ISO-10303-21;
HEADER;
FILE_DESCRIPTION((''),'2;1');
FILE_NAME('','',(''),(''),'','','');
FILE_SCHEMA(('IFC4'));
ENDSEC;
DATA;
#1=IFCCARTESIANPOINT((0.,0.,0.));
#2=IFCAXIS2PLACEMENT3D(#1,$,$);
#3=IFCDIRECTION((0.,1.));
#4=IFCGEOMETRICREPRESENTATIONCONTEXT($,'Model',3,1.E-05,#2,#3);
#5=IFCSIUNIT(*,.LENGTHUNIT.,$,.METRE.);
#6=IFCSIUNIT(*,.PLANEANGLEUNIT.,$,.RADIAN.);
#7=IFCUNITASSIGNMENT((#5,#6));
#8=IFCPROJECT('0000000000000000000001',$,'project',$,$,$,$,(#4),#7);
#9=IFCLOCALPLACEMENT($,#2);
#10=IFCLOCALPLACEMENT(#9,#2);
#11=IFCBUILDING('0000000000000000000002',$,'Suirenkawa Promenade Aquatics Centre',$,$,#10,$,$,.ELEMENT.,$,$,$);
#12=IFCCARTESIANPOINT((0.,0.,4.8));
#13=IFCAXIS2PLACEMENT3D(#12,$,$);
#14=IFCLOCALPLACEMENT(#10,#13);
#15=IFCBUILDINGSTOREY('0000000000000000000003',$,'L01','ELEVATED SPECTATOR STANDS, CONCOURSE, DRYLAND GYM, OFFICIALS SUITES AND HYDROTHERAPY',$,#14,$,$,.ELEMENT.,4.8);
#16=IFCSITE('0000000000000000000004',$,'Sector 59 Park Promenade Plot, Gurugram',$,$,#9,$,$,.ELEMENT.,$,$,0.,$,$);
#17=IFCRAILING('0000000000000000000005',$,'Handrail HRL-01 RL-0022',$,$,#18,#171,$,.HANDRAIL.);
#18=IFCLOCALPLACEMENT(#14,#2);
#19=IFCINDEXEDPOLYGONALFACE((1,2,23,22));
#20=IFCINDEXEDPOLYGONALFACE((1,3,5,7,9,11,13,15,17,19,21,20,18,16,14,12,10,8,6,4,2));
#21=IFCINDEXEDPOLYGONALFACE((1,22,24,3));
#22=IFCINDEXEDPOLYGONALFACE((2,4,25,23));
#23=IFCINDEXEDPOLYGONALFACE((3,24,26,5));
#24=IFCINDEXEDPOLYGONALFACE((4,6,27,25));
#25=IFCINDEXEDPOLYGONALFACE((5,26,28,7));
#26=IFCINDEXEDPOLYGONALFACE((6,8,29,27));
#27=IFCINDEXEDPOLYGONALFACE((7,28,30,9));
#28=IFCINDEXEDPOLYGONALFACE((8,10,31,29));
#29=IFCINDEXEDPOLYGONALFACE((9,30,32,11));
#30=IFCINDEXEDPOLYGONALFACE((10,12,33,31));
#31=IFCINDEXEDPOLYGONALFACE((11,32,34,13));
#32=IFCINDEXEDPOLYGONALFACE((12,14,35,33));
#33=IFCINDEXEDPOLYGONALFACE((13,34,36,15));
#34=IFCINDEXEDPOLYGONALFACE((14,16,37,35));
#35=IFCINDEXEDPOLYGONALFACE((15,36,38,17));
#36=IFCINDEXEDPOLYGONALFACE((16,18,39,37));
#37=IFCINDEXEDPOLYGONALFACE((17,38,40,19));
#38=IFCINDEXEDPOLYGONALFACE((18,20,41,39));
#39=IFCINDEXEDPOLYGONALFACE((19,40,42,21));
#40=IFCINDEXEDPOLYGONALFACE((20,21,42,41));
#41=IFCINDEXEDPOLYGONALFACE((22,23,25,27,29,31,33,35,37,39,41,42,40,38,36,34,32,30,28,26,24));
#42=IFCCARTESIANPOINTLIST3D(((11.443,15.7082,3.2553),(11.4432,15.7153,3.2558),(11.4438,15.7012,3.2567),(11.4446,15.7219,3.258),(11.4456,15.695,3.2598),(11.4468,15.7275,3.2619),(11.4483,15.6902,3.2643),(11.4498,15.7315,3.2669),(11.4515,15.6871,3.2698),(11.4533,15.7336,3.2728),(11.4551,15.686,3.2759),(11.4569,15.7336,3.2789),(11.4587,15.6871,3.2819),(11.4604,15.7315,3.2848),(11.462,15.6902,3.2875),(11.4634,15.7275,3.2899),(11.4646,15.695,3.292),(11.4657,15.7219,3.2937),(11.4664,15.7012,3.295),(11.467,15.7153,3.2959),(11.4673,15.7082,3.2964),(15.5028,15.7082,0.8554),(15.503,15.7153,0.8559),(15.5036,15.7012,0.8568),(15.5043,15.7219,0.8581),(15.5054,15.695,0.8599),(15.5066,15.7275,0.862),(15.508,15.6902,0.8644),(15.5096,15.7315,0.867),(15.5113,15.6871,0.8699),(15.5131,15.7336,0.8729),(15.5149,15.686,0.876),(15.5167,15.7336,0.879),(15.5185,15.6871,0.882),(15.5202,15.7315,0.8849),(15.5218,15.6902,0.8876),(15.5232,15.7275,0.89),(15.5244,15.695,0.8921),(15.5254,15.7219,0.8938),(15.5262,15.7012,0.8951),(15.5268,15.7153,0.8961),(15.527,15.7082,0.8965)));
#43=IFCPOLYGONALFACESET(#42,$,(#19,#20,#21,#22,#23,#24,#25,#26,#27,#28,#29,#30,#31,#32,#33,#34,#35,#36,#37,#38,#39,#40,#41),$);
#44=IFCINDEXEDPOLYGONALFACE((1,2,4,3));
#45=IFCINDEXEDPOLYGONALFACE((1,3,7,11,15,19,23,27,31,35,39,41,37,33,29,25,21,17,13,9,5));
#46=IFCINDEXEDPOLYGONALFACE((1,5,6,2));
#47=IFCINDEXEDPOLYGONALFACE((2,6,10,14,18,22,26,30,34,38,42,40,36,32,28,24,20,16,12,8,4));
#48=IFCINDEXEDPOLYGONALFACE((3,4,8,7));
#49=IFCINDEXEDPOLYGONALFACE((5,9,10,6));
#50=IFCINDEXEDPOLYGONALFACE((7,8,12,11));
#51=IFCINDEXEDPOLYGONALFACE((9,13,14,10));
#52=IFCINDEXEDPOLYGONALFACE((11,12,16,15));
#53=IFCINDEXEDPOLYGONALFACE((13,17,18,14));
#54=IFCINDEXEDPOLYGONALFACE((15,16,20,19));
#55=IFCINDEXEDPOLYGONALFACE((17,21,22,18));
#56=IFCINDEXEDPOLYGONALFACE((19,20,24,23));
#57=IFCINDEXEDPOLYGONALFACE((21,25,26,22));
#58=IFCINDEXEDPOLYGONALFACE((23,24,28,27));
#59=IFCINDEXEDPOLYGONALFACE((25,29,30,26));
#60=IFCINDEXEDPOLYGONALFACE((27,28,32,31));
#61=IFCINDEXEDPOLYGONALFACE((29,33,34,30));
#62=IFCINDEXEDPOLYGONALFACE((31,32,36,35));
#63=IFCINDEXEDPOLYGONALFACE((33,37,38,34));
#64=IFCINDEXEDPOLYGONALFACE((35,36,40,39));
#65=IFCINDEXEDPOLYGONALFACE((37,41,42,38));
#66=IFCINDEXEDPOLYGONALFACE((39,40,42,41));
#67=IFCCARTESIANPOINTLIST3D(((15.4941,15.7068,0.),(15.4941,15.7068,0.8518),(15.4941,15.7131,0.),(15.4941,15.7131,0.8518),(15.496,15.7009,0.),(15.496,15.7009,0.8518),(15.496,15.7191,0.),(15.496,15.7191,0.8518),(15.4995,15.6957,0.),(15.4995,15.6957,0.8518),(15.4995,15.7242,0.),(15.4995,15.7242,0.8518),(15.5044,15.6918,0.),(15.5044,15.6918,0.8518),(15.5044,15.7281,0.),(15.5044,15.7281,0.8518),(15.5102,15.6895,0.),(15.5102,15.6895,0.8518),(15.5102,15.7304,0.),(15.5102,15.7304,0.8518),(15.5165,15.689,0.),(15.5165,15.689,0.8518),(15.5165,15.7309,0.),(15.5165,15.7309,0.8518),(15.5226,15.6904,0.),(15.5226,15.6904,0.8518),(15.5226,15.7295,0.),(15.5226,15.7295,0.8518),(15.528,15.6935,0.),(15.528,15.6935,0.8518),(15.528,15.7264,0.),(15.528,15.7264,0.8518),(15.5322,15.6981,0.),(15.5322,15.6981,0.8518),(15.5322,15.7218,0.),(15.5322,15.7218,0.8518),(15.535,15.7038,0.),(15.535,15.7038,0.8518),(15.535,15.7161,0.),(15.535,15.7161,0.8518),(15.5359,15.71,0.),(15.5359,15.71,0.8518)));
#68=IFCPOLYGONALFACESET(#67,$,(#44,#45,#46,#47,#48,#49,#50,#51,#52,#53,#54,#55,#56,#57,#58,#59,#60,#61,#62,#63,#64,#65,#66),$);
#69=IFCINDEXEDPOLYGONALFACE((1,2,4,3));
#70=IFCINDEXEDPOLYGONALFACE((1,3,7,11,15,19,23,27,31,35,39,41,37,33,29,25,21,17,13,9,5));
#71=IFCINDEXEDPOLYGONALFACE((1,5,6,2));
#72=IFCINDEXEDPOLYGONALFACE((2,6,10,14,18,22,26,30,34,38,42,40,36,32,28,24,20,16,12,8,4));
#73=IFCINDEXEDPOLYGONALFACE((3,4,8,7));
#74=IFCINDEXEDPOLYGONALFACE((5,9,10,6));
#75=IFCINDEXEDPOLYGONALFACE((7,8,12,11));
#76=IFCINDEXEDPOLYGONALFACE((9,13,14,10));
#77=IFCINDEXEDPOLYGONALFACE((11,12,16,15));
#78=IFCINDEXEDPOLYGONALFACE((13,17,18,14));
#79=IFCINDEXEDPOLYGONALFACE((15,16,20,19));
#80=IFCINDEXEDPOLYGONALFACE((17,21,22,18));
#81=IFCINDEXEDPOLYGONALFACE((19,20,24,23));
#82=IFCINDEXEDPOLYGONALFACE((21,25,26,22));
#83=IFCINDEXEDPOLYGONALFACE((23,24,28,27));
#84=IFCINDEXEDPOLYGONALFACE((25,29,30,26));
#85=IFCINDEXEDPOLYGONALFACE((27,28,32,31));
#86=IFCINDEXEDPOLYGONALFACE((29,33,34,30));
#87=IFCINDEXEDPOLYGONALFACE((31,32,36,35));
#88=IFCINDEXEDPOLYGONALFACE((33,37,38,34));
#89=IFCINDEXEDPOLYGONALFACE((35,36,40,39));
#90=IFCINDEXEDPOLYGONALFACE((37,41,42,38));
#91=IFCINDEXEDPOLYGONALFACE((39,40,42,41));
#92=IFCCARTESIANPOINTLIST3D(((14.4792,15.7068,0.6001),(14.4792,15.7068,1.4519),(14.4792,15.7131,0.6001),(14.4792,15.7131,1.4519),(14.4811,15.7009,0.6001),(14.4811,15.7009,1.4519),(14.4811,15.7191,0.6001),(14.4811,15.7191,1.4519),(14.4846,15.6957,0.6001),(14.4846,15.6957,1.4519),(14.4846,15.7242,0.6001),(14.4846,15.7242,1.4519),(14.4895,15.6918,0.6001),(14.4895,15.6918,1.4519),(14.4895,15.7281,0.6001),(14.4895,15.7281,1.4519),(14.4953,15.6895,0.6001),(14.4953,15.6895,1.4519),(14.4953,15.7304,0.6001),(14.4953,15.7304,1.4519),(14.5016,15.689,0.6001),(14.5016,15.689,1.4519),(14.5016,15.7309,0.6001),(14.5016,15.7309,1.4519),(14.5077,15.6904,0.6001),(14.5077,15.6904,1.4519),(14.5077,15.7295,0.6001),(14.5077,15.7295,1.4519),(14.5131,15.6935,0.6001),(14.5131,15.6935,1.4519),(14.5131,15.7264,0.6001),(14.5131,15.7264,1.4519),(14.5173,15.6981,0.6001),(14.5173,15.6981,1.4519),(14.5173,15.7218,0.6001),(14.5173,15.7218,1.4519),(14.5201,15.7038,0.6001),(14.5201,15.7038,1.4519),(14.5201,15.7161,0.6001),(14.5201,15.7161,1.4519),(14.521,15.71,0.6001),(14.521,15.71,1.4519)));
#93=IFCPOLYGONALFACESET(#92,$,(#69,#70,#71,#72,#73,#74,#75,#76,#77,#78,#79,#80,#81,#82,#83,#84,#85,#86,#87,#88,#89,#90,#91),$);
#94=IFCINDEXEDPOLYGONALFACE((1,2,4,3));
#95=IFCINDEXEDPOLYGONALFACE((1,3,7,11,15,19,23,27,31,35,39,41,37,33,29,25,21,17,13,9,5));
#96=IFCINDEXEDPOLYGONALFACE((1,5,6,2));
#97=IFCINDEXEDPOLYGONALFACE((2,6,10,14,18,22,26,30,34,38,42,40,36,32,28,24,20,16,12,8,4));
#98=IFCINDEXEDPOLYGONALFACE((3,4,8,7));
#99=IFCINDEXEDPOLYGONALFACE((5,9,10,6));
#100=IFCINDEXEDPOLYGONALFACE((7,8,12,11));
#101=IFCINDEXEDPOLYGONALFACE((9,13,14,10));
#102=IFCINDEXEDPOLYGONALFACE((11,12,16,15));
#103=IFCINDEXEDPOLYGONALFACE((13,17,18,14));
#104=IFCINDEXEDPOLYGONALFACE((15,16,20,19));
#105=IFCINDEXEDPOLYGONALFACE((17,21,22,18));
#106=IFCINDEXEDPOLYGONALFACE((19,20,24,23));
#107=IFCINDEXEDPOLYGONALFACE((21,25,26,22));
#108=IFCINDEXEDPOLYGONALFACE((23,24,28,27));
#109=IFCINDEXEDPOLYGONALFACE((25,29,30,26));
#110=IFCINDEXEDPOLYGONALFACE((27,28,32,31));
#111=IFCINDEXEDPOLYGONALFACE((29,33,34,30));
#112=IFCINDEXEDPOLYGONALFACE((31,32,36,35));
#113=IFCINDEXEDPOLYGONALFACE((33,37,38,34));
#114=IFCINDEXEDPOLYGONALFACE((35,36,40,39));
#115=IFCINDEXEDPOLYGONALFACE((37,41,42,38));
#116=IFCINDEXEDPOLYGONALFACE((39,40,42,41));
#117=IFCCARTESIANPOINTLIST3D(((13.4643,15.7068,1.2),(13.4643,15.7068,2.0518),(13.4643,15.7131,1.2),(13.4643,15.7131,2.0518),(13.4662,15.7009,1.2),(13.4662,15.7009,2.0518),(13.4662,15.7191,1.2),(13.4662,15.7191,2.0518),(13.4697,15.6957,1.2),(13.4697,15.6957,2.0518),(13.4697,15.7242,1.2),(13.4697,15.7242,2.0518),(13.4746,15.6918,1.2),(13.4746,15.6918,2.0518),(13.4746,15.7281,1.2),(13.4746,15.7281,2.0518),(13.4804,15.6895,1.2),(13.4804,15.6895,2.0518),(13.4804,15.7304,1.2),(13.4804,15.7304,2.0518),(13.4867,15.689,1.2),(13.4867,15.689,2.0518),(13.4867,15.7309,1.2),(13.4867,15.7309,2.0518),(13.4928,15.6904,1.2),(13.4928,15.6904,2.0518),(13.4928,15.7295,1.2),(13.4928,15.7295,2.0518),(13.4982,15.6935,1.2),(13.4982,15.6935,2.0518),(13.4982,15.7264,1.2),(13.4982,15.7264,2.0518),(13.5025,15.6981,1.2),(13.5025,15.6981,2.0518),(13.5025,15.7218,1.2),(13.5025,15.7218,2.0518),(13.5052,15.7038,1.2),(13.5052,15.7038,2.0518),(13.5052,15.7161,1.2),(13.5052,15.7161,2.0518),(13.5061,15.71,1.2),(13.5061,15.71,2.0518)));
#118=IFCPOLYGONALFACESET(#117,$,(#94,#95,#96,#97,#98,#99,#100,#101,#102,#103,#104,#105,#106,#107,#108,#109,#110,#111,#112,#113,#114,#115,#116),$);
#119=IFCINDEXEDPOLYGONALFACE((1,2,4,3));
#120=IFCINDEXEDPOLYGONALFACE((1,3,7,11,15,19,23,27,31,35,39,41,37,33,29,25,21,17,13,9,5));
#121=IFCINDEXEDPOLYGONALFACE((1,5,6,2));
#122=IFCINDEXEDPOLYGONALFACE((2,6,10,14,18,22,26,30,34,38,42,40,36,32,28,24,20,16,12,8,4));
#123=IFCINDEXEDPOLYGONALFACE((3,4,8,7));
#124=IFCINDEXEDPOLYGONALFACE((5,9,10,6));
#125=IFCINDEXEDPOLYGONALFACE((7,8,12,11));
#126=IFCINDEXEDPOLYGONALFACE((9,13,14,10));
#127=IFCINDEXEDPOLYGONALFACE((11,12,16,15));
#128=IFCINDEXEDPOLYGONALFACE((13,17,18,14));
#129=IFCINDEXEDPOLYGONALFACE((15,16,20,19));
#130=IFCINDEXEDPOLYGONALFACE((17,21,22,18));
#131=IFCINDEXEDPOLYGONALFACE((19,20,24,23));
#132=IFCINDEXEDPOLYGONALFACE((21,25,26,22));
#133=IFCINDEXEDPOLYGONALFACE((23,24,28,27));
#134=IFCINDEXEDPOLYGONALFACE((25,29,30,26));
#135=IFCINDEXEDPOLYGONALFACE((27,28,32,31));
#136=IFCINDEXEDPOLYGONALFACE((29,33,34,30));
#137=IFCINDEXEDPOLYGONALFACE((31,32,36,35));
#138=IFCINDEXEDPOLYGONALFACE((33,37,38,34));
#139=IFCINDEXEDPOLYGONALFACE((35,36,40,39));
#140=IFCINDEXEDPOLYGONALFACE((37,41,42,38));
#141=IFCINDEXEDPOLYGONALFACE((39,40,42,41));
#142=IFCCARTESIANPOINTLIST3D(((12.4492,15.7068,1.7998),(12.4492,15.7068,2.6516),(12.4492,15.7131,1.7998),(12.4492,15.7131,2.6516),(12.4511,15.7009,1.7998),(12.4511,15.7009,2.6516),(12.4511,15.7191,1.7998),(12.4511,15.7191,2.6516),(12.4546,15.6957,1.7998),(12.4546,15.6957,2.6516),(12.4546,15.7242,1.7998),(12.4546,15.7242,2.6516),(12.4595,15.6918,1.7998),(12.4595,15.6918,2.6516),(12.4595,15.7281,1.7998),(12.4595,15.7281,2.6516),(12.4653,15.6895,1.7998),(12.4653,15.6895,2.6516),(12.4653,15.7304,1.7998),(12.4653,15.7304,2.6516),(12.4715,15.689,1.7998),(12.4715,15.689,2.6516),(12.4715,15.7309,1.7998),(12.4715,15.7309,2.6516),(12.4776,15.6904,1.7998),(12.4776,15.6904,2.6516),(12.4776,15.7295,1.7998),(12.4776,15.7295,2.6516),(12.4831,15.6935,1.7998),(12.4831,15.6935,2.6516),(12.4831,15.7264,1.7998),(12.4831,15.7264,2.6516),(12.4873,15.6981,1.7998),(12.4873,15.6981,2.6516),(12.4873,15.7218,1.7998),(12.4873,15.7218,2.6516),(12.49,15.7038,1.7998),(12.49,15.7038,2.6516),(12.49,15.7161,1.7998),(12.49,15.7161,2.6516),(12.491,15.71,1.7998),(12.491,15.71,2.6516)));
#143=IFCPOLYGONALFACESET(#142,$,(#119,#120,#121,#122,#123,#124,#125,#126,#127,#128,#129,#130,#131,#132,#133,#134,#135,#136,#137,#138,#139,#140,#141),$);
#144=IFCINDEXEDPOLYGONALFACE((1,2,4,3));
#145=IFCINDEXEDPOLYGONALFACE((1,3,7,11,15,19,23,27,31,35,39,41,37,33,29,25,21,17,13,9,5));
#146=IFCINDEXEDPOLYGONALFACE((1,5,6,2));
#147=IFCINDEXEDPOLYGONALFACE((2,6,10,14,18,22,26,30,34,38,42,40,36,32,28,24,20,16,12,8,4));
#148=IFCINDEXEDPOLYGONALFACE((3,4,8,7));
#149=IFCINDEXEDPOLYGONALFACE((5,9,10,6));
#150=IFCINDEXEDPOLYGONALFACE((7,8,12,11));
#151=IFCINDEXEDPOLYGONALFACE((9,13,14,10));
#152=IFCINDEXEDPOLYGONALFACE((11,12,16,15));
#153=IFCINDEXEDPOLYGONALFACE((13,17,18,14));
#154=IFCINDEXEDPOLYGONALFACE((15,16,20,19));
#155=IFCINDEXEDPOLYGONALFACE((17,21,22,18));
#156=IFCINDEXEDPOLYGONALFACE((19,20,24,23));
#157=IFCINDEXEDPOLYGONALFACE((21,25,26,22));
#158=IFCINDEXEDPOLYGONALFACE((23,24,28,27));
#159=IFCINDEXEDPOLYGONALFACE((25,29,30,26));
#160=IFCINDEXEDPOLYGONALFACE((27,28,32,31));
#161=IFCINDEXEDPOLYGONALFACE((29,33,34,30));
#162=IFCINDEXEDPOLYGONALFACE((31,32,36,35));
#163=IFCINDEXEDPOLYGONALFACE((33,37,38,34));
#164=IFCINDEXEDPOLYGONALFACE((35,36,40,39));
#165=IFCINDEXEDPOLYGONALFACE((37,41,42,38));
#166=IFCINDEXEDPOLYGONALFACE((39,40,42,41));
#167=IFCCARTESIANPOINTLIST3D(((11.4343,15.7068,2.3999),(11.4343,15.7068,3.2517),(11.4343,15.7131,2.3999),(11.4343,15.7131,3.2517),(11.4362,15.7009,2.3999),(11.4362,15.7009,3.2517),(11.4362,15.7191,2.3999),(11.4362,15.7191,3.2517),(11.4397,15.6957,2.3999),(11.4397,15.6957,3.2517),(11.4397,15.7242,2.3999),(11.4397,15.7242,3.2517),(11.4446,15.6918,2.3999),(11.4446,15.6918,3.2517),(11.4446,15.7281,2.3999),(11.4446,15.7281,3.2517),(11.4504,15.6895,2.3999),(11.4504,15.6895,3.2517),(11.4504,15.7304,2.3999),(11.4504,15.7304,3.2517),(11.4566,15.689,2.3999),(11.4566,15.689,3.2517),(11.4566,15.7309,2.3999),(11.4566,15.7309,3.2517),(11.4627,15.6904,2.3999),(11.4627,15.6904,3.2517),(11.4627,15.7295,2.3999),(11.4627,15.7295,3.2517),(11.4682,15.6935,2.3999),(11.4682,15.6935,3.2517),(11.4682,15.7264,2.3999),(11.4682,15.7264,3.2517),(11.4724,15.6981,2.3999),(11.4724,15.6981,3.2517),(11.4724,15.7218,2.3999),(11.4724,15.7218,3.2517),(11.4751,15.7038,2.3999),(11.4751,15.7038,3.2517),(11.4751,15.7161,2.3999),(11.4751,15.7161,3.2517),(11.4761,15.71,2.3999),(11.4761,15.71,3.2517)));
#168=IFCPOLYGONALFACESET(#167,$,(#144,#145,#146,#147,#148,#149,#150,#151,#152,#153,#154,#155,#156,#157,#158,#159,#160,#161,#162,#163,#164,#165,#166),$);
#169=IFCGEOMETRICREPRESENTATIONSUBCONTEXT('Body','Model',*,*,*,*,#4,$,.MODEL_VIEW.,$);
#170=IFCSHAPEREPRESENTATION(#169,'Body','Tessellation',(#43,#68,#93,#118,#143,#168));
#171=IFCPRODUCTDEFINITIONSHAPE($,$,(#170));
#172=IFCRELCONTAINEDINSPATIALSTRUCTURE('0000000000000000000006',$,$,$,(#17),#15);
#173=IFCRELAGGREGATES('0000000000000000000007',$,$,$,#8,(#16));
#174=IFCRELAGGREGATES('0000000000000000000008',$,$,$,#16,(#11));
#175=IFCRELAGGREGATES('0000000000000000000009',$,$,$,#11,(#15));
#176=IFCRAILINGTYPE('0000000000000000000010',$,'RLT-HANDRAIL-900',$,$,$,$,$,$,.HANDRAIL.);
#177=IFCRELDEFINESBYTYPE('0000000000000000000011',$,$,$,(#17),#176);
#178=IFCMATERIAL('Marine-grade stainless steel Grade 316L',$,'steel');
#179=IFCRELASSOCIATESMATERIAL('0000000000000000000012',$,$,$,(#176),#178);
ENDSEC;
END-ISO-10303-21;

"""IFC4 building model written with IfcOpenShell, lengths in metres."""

from ifc_helpers import new_model, si_unit, direction, frame, origin, origin_2d, place, context, subcontext, project, spatial, circle, extrude, material, type_object, element, save


model = new_model("IFC4")

# Units and contexts
model_context = context("Model", 3, precision=1e-05, world=origin(), true_north=direction((0.0, 1.0)))
body_context = subcontext(model_context, "Body", "Model", "MODEL_VIEW")
ifc_project = project(units=[si_unit("LENGTHUNIT", "METRE"), si_unit("PLANEANGLEUNIT", "RADIAN")], contexts=[model_context])

# Site, building, storey
site_placement = place(None, origin())
site = spatial("IfcSite", under=ifc_project, at=site_placement, Name="Sector 59 Park Promenade Plot, Gurugram", CompositionType="ELEMENT", RefElevation=0.0)
building_placement = place(site_placement, origin())
building = spatial("IfcBuilding", under=site, at=building_placement, Name="Suirenkawa Promenade Aquatics Centre", CompositionType="ELEMENT")
storey_placement = place(building_placement, frame((0.0, 0.0, 4.8)))
storey = spatial("IfcBuildingStorey", under=building, at=storey_placement, Name="L01", Description="ELEVATED SPECTATOR STANDS, CONCOURSE, DRYLAND GYM, OFFICIALS SUITES AND HYDROTHERAPY", CompositionType="ELEMENT", Elevation=4.8)

# Railing
ifc_material_1 = material(Name="Marine-grade stainless steel Grade 316L", Category="steel")
railing_type_1 = type_object("IfcRailingType", Name="RLT-HANDRAIL-900", PredefinedType="HANDRAIL", material=ifc_material_1)
for number, where, name in (
    (1, (15.5149, 15.71, 0.0), "Handrail HRL-01 RL-0022"),
):
    element("IfcRailing", number, at=place(storey_placement, frame(where)), inside=storey, type_object=railing_type_1, Name=name, PredefinedType="HANDRAIL", context=body_context, shape_type="SweptSolid", body=[
        extrude(circle(Radius=0.0239, at=origin_2d()), frame((0.0, 0.0, 0.876), z_axis=(-0.860841, 0.0, 0.508874), x_axis=(0.0, -1.0, 0.0)), (0.0, 0.0, 1.0), 4.7161),
        extrude(circle(Radius=0.021, at=origin_2d()), origin(), (0.0, 0.0, 1.0), 0.8518),
        extrude(circle(Radius=0.021, at=origin_2d()), frame((-1.0149, 0.0, 0.6001)), (0.0, 0.0, 1.0), 0.8518),
        extrude(circle(Radius=0.021, at=origin_2d()), frame((-2.0298, 0.0, 1.2)), (0.0, 0.0, 1.0), 0.8518),
        extrude(circle(Radius=0.021, at=origin_2d()), frame((-3.0449, 0.0, 1.7998)), (0.0, 0.0, 1.0), 0.8518),
        extrude(circle(Radius=0.021, at=origin_2d()), frame((-4.0598, 0.0, 2.3999)), (0.0, 0.0, 1.0), 0.8518),
    ])

save(model, "model.ifc")
